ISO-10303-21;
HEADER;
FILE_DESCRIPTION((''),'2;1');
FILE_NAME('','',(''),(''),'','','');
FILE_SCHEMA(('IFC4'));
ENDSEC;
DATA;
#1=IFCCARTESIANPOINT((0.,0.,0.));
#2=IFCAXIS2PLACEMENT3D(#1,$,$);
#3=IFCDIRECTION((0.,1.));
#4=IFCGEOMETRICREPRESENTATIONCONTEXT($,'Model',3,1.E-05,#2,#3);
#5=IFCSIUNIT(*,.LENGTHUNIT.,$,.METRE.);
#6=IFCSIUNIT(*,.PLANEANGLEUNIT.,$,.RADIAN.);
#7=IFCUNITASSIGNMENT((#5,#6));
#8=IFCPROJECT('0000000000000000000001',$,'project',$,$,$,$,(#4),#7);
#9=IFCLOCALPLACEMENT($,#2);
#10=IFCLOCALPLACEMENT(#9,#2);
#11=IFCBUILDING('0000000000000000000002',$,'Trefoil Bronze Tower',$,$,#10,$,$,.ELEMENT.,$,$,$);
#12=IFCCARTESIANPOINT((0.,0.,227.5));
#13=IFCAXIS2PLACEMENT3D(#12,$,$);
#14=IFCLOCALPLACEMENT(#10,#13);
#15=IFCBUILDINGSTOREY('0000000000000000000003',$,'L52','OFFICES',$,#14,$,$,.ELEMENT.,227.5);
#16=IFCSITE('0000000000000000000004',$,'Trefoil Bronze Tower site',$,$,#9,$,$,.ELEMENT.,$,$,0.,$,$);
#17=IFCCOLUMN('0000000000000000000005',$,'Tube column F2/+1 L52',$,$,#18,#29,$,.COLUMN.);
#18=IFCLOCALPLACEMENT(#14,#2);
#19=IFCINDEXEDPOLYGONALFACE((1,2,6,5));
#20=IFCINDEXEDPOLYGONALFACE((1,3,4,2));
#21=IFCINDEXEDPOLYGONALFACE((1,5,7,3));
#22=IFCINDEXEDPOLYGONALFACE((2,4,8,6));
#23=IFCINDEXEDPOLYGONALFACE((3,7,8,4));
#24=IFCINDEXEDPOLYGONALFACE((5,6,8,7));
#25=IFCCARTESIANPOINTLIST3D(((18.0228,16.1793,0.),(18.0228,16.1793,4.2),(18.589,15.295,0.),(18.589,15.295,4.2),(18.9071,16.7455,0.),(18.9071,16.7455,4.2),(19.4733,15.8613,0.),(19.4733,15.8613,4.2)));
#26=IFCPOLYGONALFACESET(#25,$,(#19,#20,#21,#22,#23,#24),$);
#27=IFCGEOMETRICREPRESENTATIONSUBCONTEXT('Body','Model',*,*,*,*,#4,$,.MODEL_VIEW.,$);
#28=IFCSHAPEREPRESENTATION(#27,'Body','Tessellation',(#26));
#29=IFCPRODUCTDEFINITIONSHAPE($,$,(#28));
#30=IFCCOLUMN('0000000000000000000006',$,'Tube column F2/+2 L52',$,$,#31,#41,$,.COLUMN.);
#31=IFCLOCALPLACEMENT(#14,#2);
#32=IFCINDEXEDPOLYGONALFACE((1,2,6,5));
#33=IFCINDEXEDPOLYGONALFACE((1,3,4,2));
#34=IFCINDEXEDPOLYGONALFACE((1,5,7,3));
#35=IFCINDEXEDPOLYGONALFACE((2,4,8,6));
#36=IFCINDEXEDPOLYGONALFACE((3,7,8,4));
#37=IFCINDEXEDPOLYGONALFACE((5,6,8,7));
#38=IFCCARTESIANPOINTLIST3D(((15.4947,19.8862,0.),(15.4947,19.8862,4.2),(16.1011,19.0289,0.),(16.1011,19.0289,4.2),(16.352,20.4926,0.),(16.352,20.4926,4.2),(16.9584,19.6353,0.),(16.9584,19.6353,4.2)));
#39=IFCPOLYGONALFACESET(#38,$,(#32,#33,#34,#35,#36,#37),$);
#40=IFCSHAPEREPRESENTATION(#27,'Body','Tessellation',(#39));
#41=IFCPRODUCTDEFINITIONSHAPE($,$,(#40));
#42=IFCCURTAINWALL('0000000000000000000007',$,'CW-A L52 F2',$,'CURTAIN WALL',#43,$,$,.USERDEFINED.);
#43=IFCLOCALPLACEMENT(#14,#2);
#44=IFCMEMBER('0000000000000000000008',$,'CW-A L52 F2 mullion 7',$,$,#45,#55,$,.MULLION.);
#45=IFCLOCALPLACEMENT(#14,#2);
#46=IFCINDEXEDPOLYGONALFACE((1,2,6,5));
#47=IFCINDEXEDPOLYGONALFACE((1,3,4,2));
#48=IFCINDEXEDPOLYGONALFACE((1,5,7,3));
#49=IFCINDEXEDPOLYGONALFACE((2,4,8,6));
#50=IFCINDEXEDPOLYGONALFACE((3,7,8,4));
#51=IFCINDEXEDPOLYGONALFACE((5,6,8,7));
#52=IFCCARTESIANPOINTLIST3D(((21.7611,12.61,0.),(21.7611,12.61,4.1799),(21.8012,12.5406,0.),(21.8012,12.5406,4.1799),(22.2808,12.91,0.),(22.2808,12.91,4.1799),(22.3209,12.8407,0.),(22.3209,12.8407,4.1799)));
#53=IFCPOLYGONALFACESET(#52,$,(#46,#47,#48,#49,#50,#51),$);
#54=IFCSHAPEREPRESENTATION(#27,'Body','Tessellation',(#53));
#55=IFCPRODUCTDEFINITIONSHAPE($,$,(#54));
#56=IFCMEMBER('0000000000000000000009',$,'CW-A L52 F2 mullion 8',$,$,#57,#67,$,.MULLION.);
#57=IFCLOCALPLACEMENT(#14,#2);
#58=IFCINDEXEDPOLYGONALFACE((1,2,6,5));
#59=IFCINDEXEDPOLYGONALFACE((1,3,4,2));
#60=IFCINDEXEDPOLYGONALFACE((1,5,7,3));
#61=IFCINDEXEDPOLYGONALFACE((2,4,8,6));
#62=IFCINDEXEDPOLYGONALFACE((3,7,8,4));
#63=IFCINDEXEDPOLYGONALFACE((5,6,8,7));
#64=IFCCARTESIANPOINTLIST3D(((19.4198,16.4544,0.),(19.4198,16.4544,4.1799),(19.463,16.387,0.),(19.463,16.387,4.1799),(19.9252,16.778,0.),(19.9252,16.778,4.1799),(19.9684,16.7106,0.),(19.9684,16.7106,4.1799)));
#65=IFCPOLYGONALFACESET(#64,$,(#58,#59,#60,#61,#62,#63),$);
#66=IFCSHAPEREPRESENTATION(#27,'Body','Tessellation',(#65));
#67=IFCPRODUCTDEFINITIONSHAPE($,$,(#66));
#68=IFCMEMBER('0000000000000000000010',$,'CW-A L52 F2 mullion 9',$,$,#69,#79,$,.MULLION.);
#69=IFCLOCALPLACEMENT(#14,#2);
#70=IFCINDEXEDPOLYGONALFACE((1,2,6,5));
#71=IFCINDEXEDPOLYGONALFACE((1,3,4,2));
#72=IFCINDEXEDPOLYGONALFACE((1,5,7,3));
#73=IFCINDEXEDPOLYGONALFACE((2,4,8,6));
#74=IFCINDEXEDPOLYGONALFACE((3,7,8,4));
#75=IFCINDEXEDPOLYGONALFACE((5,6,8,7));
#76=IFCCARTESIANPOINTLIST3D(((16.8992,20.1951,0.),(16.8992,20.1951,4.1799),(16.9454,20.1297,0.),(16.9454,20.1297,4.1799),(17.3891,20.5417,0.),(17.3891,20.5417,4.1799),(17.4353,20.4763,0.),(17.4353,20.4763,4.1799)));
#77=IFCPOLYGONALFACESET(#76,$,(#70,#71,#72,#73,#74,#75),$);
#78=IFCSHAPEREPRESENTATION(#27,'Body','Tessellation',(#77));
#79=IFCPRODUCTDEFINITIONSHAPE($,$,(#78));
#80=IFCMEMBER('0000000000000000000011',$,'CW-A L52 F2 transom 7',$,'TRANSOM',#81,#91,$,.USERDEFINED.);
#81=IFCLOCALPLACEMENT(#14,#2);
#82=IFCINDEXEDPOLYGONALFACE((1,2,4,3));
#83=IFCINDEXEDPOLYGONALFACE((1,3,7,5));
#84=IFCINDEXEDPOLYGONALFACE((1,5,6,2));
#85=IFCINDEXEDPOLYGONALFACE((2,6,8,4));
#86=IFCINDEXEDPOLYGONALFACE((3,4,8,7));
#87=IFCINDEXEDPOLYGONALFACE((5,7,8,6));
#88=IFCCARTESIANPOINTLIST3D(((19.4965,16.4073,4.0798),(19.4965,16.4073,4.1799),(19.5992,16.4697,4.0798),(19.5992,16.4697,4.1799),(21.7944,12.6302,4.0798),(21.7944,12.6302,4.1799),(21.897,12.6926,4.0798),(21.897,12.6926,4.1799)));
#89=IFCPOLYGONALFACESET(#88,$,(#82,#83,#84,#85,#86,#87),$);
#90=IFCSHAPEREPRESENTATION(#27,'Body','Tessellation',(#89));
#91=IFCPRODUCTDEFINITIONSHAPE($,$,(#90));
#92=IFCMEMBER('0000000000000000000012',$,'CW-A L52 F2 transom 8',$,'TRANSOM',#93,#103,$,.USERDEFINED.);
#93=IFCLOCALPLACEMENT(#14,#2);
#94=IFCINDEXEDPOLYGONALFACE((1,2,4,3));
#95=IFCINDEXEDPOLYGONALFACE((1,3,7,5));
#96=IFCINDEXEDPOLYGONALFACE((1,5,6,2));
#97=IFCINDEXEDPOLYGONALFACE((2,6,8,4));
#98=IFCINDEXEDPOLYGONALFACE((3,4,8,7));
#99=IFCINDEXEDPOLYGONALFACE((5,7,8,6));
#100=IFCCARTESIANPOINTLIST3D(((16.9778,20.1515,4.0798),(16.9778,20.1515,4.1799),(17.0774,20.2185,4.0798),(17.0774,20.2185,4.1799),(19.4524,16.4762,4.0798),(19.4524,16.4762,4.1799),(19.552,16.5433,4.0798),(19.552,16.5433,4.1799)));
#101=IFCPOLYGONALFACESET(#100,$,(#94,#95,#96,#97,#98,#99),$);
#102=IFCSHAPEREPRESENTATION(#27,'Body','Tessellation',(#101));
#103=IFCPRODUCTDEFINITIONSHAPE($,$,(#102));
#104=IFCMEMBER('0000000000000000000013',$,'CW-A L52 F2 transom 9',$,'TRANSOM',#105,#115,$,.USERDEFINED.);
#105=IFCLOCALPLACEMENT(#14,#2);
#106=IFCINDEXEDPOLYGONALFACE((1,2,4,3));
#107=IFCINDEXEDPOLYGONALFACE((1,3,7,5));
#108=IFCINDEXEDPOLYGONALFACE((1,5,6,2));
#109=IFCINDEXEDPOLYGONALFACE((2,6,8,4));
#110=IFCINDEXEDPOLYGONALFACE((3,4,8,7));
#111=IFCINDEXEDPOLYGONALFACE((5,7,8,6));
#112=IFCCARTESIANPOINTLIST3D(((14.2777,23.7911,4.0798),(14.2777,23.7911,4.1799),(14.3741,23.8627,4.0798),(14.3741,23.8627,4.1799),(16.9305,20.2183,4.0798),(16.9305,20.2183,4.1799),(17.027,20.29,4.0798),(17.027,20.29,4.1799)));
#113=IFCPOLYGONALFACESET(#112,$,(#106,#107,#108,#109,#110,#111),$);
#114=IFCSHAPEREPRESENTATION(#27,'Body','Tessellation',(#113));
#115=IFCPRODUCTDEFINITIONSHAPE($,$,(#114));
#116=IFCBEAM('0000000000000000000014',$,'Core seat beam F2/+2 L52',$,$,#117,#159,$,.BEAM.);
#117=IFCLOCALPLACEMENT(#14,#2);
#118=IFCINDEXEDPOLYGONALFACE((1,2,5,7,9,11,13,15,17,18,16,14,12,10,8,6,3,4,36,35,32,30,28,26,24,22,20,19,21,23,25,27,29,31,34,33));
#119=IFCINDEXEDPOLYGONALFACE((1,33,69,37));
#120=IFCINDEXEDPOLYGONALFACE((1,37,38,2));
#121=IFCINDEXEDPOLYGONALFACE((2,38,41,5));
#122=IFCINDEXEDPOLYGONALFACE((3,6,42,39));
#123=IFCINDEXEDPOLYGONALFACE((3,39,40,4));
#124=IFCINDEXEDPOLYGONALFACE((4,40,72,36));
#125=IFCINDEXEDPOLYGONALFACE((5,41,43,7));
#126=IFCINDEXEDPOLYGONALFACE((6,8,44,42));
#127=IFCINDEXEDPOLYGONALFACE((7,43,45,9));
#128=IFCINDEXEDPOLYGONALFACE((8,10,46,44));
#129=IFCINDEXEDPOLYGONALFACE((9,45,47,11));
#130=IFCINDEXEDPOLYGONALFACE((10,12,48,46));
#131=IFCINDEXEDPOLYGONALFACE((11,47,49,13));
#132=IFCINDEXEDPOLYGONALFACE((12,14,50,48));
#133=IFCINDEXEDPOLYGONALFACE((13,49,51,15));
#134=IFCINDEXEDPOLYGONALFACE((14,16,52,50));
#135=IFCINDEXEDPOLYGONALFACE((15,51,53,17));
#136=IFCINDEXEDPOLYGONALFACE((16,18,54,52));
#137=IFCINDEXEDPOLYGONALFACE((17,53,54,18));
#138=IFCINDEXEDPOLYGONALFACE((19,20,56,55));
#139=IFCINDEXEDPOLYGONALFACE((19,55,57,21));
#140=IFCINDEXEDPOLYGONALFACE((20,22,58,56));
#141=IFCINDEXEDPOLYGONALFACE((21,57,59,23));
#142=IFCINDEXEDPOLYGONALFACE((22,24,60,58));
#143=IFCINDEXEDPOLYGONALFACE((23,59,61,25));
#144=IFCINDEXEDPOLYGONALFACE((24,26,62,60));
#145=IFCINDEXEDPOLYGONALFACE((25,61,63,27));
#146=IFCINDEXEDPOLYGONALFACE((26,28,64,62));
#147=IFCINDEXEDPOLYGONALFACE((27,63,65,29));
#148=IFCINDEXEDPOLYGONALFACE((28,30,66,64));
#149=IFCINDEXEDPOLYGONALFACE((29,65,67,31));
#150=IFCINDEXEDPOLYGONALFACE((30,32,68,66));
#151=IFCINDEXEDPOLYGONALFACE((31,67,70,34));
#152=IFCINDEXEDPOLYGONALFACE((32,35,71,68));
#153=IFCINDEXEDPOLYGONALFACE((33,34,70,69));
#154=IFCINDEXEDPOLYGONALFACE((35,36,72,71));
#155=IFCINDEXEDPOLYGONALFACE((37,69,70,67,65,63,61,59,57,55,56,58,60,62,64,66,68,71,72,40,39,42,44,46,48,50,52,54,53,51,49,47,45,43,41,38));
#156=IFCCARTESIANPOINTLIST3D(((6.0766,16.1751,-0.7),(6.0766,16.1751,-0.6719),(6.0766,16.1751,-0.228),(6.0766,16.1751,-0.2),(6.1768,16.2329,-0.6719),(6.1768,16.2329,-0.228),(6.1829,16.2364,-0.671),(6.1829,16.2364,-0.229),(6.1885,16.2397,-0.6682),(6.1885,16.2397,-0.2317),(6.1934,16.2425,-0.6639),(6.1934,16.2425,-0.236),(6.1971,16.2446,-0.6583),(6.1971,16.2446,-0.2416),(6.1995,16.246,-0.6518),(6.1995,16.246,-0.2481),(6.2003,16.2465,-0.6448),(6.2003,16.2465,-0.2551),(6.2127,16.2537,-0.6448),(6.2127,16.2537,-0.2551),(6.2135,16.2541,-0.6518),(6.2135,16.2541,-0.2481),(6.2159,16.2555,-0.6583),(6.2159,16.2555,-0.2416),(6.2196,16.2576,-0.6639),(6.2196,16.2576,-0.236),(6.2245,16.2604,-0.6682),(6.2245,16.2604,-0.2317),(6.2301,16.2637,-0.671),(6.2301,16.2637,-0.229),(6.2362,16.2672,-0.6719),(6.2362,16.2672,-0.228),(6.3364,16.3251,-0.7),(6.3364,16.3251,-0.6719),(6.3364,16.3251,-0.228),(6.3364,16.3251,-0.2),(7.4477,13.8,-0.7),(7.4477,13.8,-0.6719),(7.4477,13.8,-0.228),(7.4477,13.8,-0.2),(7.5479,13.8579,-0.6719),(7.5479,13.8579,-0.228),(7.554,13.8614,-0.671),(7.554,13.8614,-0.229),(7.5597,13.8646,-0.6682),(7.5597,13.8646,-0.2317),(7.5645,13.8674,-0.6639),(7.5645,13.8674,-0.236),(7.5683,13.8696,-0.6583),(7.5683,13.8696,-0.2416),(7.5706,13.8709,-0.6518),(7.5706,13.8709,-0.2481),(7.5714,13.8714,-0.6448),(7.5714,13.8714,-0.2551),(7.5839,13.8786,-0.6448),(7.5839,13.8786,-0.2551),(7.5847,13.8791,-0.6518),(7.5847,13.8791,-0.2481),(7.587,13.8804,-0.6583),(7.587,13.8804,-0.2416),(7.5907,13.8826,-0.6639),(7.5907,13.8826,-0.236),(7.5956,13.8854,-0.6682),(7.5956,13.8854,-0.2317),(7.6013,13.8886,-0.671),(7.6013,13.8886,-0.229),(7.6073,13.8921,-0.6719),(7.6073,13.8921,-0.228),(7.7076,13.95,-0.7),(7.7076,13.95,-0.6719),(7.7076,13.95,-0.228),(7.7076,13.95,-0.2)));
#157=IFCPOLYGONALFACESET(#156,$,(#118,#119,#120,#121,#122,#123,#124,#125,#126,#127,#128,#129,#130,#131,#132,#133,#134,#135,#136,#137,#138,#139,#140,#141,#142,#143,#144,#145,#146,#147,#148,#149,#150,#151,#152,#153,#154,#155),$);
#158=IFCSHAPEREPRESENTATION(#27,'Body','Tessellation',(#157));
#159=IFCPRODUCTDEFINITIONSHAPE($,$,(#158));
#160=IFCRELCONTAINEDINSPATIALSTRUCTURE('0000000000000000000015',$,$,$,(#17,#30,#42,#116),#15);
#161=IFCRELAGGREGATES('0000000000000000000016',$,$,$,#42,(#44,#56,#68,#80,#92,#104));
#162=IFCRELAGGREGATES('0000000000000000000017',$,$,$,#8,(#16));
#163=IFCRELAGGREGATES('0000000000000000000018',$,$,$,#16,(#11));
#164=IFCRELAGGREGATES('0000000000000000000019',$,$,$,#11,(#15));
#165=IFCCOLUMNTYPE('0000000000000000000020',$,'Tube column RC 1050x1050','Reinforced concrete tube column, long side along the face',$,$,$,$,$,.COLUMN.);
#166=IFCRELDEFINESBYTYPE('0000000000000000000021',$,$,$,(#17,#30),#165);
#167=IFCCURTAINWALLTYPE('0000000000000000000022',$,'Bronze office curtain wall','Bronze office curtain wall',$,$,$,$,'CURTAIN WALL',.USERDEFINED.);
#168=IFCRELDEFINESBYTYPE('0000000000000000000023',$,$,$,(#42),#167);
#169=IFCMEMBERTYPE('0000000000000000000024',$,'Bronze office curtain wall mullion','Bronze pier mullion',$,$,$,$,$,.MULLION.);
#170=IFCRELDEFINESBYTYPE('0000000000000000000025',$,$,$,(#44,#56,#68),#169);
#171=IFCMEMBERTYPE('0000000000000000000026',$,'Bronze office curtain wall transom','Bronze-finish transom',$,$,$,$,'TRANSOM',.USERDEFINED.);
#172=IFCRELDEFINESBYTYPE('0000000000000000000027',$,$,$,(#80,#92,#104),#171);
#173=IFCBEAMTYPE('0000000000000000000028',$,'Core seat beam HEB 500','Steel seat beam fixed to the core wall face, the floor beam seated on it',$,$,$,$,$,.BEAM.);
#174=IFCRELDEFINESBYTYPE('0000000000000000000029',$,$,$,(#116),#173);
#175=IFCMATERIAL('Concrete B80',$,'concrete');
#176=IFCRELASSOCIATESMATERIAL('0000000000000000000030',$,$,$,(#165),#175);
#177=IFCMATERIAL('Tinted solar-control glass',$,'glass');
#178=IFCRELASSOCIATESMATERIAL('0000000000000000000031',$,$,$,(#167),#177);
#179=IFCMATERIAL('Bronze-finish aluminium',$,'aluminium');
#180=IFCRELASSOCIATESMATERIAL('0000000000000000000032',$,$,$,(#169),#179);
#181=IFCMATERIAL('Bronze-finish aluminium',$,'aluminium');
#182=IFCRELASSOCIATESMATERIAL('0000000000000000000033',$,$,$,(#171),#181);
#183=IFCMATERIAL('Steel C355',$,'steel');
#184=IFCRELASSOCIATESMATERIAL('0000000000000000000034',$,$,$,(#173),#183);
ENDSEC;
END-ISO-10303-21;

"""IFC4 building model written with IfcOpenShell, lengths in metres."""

from ifc_helpers import new_model, si_unit, direction, frame, origin, origin_2d, place, context, subcontext, project, spatial, rectangle, i_section, extrude, material, material_profile, profile_set, type_object, element, aggregate, save


model = new_model("IFC4")

# Units and contexts
model_context = context("Model", 3, precision=1e-05, world=origin(), true_north=direction((0.0, 1.0)))
body_context = subcontext(model_context, "Body", "Model", "MODEL_VIEW")
ifc_project = project(units=[si_unit("LENGTHUNIT", "METRE"), si_unit("PLANEANGLEUNIT", "RADIAN")], contexts=[model_context])

# Site, building, storey
site_placement = place(None, origin())
site = spatial("IfcSite", under=ifc_project, at=site_placement, Name="Trefoil Bronze Tower site", CompositionType="ELEMENT", RefElevation=0.0)
building_placement = place(site_placement, origin())
building = spatial("IfcBuilding", under=site, at=building_placement, Name="Trefoil Bronze Tower", CompositionType="ELEMENT")
storey_placement = place(building_placement, frame((0.0, 0.0, 227.5)))
storey = spatial("IfcBuildingStorey", under=building, at=storey_placement, Name="L52", Description="OFFICES", CompositionType="ELEMENT", Elevation=227.5)

# Columns
ifc_material_1 = material(Name="Concrete B80", Category="concrete")
ifc_material_profile_1 = material_profile(ifc_material_1, rectangle(XDim=1.05, YDim=1.05, at=origin_2d()), Name="RC 1050x1050")
ifc_profile_set_1 = profile_set([ifc_material_profile_1], Name="Concrete B80")
column_type = type_object("IfcColumnType", Name="Tube column RC 1050x1050", Description="Reinforced concrete tube column, long side along the face", PredefinedType="COLUMN", material=ifc_profile_set_1)
for number, where, z_axis, x_axis, name in (
    (1, (18.748, 16.0203, 0.0), (0.0, 0.0, 1.0), (-0.53927, 0.842133, 0.0), "Tube column F2/+1 L52"),
    (2, (16.2266, 19.7607, 0.0), (0.0, 0.0, 1.0), (-0.577481, 0.816404, 0.0), "Tube column F2/+2 L52"),
):
    element("IfcColumn", number, at=place(storey_placement, frame(where, z_axis=z_axis, x_axis=x_axis)), inside=storey, type_object=column_type, Name=name, PredefinedType="COLUMN", context=body_context, shape_type="SweptSolid", body=[
        extrude(rectangle(XDim=1.05, YDim=1.05, at=origin_2d()), origin(), (0.0, 0.0, 1.0), 4.2),
    ])

# Curtain wall, members
ifc_material_2 = material(Name="Tinted solar-control glass", Category="glass")
curtain_wall_type = type_object("IfcCurtainWallType", Name="Bronze office curtain wall", Description="Bronze office curtain wall", ElementType="CURTAIN WALL", PredefinedType="USERDEFINED", material=ifc_material_2)
curtain_wall_placement = place(storey_placement, origin())
curtain_wall = element("IfcCurtainWall", 3, at=curtain_wall_placement, inside=storey, type_object=curtain_wall_type, Name="CW-A L52 F2", ObjectType="CURTAIN WALL", PredefinedType="USERDEFINED")
ifc_material_3 = material(Name="Bronze-finish aluminium", Category="aluminium")
ifc_material_profile_2 = material_profile(ifc_material_3, rectangle(XDim=0.6001, YDim=0.0801, at=origin_2d()), Name="CW-A mullion")
ifc_profile_set_2 = profile_set([ifc_material_profile_2], Name="Bronze-finish aluminium")
member_type_1 = type_object("IfcMemberType", Name="Bronze office curtain wall mullion", Description="Bronze pier mullion", PredefinedType="MULLION", material=ifc_profile_set_2)
member_1_placement = place(storey_placement, frame((22.041, 12.7253, 0.0), z_axis=(0.0, 0.0, 1.0), x_axis=(-0.866025, -0.5, 0.0)))
member_1 = element("IfcMember", 4, at=member_1_placement, type_object=member_type_1, Name="CW-A L52 F2 mullion 7", PredefinedType="MULLION", context=body_context, shape_type="SweptSolid", body=[
    extrude(rectangle(XDim=0.6001, YDim=0.0801, at=origin_2d()), origin(), (0.0, 0.0, 1.0), 4.1799),
])
member_2_placement = place(storey_placement, frame((19.6941, 16.5825, 0.0), z_axis=(0.0, 0.0, 1.0), x_axis=(-0.842133, -0.53927, 0.0)))
member_2 = element("IfcMember", 5, at=member_2_placement, type_object=member_type_1, Name="CW-A L52 F2 mullion 8", PredefinedType="MULLION", context=body_context, shape_type="SweptSolid", body=[
    extrude(rectangle(XDim=0.6001, YDim=0.0801, at=origin_2d()), origin(), (0.0, 0.0, 1.0), 4.1799),
])
member_3_placement = place(storey_placement, frame((17.1672, 20.3357, 0.0), z_axis=(0.0, 0.0, 1.0), x_axis=(-0.816404, -0.577481, 0.0)))
member_3 = element("IfcMember", 6, at=member_3_placement, type_object=member_type_1, Name="CW-A L52 F2 mullion 9", PredefinedType="MULLION", context=body_context, shape_type="SweptSolid", body=[
    extrude(rectangle(XDim=0.6001, YDim=0.0801, at=origin_2d()), origin(), (0.0, 0.0, 1.0), 4.1799),
])
ifc_material_4 = material(Name="Bronze-finish aluminium", Category="aluminium")
ifc_material_profile_3 = material_profile(ifc_material_4, rectangle(XDim=0.1201, YDim=0.1001, at=origin_2d()), Name="CW-A transom")
ifc_profile_set_3 = profile_set([ifc_material_profile_3], Name="Bronze-finish aluminium")
member_type_2 = type_object("IfcMemberType", Name="Bronze office curtain wall transom", Description="Bronze-finish transom", ElementType="TRANSOM", PredefinedType="USERDEFINED", material=ifc_profile_set_3)
member_4_placement = place(storey_placement, frame((21.8457, 12.6614, 4.1299), z_axis=(-0.51974, 0.854324, 0.0), x_axis=(-0.854324, -0.51974, 0.0)))
member_4 = element("IfcMember", 7, at=member_4_placement, type_object=member_type_2, Name="CW-A L52 F2 transom 7", ObjectType="TRANSOM", PredefinedType="USERDEFINED", context=body_context, shape_type="SweptSolid", body=[
    extrude(rectangle(XDim=0.1201, YDim=0.1001, at=origin_2d()), origin(), (0.0, 0.0, 1.0), 4.4211),
])
member_5_placement = place(storey_placement, frame((19.5022, 16.5098, 4.1299), z_axis=(-0.558509, 0.829498, 0.0), x_axis=(-0.829498, -0.558509, 0.0)))
member_5 = element("IfcMember", 8, at=member_5_placement, type_object=member_type_2, Name="CW-A L52 F2 transom 8", ObjectType="TRANSOM", PredefinedType="USERDEFINED", context=body_context, shape_type="SweptSolid", body=[
    extrude(rectangle(XDim=0.1201, YDim=0.1001, at=origin_2d()), origin(), (0.0, 0.0, 1.0), 4.4307),
])
member_6_placement = place(storey_placement, frame((16.9788, 20.2542, 4.1299), z_axis=(-0.596148, 0.802874, 0.0), x_axis=(-0.802874, -0.596148, 0.0)))
member_6 = element("IfcMember", 9, at=member_6_placement, type_object=member_type_2, Name="CW-A L52 F2 transom 9", ObjectType="TRANSOM", PredefinedType="USERDEFINED", context=body_context, shape_type="SweptSolid", body=[
    extrude(rectangle(XDim=0.1201, YDim=0.1001, at=origin_2d()), origin(), (0.0, 0.0, 1.0), 4.45),
])

# Beam
ifc_material_5 = material(Name="Steel C355", Category="steel")
ifc_material_profile_4 = material_profile(ifc_material_5, i_section(OverallWidth=0.3, OverallDepth=0.5, WebThickness=0.0144, FlangeThickness=0.0281, FilletRadius=0.0271, at=origin_2d()), Name="HEB 500")
ifc_profile_set_4 = profile_set([ifc_material_profile_4], Name="Steel C355")
beam_type_1 = type_object("IfcBeamType", Name="Core seat beam HEB 500", Description="Steel seat beam fixed to the core wall face, the floor beam seated on it", PredefinedType="BEAM", material=ifc_profile_set_4)
beam_1_placement = place(storey_placement, frame((7.5776, 13.875, -0.45), z_axis=(-0.499969, 0.866043, 0.0), x_axis=(-0.866043, -0.499969, 0.0)))
element("IfcBeam", 10, at=beam_1_placement, inside=storey, type_object=beam_type_1, Name="Core seat beam F2/+2 L52", PredefinedType="BEAM", context=body_context, shape_type="SweptSolid", body=[
    extrude(i_section(OverallWidth=0.3, OverallDepth=0.5, WebThickness=0.0144, FlangeThickness=0.0281, FilletRadius=0.0271, at=origin_2d()), origin(), (0.0, 0.0, 1.0), 2.7424),
])

aggregate(curtain_wall, [member_1, member_2, member_3, member_4, member_5, member_6])

save(model, "model.ifc")
